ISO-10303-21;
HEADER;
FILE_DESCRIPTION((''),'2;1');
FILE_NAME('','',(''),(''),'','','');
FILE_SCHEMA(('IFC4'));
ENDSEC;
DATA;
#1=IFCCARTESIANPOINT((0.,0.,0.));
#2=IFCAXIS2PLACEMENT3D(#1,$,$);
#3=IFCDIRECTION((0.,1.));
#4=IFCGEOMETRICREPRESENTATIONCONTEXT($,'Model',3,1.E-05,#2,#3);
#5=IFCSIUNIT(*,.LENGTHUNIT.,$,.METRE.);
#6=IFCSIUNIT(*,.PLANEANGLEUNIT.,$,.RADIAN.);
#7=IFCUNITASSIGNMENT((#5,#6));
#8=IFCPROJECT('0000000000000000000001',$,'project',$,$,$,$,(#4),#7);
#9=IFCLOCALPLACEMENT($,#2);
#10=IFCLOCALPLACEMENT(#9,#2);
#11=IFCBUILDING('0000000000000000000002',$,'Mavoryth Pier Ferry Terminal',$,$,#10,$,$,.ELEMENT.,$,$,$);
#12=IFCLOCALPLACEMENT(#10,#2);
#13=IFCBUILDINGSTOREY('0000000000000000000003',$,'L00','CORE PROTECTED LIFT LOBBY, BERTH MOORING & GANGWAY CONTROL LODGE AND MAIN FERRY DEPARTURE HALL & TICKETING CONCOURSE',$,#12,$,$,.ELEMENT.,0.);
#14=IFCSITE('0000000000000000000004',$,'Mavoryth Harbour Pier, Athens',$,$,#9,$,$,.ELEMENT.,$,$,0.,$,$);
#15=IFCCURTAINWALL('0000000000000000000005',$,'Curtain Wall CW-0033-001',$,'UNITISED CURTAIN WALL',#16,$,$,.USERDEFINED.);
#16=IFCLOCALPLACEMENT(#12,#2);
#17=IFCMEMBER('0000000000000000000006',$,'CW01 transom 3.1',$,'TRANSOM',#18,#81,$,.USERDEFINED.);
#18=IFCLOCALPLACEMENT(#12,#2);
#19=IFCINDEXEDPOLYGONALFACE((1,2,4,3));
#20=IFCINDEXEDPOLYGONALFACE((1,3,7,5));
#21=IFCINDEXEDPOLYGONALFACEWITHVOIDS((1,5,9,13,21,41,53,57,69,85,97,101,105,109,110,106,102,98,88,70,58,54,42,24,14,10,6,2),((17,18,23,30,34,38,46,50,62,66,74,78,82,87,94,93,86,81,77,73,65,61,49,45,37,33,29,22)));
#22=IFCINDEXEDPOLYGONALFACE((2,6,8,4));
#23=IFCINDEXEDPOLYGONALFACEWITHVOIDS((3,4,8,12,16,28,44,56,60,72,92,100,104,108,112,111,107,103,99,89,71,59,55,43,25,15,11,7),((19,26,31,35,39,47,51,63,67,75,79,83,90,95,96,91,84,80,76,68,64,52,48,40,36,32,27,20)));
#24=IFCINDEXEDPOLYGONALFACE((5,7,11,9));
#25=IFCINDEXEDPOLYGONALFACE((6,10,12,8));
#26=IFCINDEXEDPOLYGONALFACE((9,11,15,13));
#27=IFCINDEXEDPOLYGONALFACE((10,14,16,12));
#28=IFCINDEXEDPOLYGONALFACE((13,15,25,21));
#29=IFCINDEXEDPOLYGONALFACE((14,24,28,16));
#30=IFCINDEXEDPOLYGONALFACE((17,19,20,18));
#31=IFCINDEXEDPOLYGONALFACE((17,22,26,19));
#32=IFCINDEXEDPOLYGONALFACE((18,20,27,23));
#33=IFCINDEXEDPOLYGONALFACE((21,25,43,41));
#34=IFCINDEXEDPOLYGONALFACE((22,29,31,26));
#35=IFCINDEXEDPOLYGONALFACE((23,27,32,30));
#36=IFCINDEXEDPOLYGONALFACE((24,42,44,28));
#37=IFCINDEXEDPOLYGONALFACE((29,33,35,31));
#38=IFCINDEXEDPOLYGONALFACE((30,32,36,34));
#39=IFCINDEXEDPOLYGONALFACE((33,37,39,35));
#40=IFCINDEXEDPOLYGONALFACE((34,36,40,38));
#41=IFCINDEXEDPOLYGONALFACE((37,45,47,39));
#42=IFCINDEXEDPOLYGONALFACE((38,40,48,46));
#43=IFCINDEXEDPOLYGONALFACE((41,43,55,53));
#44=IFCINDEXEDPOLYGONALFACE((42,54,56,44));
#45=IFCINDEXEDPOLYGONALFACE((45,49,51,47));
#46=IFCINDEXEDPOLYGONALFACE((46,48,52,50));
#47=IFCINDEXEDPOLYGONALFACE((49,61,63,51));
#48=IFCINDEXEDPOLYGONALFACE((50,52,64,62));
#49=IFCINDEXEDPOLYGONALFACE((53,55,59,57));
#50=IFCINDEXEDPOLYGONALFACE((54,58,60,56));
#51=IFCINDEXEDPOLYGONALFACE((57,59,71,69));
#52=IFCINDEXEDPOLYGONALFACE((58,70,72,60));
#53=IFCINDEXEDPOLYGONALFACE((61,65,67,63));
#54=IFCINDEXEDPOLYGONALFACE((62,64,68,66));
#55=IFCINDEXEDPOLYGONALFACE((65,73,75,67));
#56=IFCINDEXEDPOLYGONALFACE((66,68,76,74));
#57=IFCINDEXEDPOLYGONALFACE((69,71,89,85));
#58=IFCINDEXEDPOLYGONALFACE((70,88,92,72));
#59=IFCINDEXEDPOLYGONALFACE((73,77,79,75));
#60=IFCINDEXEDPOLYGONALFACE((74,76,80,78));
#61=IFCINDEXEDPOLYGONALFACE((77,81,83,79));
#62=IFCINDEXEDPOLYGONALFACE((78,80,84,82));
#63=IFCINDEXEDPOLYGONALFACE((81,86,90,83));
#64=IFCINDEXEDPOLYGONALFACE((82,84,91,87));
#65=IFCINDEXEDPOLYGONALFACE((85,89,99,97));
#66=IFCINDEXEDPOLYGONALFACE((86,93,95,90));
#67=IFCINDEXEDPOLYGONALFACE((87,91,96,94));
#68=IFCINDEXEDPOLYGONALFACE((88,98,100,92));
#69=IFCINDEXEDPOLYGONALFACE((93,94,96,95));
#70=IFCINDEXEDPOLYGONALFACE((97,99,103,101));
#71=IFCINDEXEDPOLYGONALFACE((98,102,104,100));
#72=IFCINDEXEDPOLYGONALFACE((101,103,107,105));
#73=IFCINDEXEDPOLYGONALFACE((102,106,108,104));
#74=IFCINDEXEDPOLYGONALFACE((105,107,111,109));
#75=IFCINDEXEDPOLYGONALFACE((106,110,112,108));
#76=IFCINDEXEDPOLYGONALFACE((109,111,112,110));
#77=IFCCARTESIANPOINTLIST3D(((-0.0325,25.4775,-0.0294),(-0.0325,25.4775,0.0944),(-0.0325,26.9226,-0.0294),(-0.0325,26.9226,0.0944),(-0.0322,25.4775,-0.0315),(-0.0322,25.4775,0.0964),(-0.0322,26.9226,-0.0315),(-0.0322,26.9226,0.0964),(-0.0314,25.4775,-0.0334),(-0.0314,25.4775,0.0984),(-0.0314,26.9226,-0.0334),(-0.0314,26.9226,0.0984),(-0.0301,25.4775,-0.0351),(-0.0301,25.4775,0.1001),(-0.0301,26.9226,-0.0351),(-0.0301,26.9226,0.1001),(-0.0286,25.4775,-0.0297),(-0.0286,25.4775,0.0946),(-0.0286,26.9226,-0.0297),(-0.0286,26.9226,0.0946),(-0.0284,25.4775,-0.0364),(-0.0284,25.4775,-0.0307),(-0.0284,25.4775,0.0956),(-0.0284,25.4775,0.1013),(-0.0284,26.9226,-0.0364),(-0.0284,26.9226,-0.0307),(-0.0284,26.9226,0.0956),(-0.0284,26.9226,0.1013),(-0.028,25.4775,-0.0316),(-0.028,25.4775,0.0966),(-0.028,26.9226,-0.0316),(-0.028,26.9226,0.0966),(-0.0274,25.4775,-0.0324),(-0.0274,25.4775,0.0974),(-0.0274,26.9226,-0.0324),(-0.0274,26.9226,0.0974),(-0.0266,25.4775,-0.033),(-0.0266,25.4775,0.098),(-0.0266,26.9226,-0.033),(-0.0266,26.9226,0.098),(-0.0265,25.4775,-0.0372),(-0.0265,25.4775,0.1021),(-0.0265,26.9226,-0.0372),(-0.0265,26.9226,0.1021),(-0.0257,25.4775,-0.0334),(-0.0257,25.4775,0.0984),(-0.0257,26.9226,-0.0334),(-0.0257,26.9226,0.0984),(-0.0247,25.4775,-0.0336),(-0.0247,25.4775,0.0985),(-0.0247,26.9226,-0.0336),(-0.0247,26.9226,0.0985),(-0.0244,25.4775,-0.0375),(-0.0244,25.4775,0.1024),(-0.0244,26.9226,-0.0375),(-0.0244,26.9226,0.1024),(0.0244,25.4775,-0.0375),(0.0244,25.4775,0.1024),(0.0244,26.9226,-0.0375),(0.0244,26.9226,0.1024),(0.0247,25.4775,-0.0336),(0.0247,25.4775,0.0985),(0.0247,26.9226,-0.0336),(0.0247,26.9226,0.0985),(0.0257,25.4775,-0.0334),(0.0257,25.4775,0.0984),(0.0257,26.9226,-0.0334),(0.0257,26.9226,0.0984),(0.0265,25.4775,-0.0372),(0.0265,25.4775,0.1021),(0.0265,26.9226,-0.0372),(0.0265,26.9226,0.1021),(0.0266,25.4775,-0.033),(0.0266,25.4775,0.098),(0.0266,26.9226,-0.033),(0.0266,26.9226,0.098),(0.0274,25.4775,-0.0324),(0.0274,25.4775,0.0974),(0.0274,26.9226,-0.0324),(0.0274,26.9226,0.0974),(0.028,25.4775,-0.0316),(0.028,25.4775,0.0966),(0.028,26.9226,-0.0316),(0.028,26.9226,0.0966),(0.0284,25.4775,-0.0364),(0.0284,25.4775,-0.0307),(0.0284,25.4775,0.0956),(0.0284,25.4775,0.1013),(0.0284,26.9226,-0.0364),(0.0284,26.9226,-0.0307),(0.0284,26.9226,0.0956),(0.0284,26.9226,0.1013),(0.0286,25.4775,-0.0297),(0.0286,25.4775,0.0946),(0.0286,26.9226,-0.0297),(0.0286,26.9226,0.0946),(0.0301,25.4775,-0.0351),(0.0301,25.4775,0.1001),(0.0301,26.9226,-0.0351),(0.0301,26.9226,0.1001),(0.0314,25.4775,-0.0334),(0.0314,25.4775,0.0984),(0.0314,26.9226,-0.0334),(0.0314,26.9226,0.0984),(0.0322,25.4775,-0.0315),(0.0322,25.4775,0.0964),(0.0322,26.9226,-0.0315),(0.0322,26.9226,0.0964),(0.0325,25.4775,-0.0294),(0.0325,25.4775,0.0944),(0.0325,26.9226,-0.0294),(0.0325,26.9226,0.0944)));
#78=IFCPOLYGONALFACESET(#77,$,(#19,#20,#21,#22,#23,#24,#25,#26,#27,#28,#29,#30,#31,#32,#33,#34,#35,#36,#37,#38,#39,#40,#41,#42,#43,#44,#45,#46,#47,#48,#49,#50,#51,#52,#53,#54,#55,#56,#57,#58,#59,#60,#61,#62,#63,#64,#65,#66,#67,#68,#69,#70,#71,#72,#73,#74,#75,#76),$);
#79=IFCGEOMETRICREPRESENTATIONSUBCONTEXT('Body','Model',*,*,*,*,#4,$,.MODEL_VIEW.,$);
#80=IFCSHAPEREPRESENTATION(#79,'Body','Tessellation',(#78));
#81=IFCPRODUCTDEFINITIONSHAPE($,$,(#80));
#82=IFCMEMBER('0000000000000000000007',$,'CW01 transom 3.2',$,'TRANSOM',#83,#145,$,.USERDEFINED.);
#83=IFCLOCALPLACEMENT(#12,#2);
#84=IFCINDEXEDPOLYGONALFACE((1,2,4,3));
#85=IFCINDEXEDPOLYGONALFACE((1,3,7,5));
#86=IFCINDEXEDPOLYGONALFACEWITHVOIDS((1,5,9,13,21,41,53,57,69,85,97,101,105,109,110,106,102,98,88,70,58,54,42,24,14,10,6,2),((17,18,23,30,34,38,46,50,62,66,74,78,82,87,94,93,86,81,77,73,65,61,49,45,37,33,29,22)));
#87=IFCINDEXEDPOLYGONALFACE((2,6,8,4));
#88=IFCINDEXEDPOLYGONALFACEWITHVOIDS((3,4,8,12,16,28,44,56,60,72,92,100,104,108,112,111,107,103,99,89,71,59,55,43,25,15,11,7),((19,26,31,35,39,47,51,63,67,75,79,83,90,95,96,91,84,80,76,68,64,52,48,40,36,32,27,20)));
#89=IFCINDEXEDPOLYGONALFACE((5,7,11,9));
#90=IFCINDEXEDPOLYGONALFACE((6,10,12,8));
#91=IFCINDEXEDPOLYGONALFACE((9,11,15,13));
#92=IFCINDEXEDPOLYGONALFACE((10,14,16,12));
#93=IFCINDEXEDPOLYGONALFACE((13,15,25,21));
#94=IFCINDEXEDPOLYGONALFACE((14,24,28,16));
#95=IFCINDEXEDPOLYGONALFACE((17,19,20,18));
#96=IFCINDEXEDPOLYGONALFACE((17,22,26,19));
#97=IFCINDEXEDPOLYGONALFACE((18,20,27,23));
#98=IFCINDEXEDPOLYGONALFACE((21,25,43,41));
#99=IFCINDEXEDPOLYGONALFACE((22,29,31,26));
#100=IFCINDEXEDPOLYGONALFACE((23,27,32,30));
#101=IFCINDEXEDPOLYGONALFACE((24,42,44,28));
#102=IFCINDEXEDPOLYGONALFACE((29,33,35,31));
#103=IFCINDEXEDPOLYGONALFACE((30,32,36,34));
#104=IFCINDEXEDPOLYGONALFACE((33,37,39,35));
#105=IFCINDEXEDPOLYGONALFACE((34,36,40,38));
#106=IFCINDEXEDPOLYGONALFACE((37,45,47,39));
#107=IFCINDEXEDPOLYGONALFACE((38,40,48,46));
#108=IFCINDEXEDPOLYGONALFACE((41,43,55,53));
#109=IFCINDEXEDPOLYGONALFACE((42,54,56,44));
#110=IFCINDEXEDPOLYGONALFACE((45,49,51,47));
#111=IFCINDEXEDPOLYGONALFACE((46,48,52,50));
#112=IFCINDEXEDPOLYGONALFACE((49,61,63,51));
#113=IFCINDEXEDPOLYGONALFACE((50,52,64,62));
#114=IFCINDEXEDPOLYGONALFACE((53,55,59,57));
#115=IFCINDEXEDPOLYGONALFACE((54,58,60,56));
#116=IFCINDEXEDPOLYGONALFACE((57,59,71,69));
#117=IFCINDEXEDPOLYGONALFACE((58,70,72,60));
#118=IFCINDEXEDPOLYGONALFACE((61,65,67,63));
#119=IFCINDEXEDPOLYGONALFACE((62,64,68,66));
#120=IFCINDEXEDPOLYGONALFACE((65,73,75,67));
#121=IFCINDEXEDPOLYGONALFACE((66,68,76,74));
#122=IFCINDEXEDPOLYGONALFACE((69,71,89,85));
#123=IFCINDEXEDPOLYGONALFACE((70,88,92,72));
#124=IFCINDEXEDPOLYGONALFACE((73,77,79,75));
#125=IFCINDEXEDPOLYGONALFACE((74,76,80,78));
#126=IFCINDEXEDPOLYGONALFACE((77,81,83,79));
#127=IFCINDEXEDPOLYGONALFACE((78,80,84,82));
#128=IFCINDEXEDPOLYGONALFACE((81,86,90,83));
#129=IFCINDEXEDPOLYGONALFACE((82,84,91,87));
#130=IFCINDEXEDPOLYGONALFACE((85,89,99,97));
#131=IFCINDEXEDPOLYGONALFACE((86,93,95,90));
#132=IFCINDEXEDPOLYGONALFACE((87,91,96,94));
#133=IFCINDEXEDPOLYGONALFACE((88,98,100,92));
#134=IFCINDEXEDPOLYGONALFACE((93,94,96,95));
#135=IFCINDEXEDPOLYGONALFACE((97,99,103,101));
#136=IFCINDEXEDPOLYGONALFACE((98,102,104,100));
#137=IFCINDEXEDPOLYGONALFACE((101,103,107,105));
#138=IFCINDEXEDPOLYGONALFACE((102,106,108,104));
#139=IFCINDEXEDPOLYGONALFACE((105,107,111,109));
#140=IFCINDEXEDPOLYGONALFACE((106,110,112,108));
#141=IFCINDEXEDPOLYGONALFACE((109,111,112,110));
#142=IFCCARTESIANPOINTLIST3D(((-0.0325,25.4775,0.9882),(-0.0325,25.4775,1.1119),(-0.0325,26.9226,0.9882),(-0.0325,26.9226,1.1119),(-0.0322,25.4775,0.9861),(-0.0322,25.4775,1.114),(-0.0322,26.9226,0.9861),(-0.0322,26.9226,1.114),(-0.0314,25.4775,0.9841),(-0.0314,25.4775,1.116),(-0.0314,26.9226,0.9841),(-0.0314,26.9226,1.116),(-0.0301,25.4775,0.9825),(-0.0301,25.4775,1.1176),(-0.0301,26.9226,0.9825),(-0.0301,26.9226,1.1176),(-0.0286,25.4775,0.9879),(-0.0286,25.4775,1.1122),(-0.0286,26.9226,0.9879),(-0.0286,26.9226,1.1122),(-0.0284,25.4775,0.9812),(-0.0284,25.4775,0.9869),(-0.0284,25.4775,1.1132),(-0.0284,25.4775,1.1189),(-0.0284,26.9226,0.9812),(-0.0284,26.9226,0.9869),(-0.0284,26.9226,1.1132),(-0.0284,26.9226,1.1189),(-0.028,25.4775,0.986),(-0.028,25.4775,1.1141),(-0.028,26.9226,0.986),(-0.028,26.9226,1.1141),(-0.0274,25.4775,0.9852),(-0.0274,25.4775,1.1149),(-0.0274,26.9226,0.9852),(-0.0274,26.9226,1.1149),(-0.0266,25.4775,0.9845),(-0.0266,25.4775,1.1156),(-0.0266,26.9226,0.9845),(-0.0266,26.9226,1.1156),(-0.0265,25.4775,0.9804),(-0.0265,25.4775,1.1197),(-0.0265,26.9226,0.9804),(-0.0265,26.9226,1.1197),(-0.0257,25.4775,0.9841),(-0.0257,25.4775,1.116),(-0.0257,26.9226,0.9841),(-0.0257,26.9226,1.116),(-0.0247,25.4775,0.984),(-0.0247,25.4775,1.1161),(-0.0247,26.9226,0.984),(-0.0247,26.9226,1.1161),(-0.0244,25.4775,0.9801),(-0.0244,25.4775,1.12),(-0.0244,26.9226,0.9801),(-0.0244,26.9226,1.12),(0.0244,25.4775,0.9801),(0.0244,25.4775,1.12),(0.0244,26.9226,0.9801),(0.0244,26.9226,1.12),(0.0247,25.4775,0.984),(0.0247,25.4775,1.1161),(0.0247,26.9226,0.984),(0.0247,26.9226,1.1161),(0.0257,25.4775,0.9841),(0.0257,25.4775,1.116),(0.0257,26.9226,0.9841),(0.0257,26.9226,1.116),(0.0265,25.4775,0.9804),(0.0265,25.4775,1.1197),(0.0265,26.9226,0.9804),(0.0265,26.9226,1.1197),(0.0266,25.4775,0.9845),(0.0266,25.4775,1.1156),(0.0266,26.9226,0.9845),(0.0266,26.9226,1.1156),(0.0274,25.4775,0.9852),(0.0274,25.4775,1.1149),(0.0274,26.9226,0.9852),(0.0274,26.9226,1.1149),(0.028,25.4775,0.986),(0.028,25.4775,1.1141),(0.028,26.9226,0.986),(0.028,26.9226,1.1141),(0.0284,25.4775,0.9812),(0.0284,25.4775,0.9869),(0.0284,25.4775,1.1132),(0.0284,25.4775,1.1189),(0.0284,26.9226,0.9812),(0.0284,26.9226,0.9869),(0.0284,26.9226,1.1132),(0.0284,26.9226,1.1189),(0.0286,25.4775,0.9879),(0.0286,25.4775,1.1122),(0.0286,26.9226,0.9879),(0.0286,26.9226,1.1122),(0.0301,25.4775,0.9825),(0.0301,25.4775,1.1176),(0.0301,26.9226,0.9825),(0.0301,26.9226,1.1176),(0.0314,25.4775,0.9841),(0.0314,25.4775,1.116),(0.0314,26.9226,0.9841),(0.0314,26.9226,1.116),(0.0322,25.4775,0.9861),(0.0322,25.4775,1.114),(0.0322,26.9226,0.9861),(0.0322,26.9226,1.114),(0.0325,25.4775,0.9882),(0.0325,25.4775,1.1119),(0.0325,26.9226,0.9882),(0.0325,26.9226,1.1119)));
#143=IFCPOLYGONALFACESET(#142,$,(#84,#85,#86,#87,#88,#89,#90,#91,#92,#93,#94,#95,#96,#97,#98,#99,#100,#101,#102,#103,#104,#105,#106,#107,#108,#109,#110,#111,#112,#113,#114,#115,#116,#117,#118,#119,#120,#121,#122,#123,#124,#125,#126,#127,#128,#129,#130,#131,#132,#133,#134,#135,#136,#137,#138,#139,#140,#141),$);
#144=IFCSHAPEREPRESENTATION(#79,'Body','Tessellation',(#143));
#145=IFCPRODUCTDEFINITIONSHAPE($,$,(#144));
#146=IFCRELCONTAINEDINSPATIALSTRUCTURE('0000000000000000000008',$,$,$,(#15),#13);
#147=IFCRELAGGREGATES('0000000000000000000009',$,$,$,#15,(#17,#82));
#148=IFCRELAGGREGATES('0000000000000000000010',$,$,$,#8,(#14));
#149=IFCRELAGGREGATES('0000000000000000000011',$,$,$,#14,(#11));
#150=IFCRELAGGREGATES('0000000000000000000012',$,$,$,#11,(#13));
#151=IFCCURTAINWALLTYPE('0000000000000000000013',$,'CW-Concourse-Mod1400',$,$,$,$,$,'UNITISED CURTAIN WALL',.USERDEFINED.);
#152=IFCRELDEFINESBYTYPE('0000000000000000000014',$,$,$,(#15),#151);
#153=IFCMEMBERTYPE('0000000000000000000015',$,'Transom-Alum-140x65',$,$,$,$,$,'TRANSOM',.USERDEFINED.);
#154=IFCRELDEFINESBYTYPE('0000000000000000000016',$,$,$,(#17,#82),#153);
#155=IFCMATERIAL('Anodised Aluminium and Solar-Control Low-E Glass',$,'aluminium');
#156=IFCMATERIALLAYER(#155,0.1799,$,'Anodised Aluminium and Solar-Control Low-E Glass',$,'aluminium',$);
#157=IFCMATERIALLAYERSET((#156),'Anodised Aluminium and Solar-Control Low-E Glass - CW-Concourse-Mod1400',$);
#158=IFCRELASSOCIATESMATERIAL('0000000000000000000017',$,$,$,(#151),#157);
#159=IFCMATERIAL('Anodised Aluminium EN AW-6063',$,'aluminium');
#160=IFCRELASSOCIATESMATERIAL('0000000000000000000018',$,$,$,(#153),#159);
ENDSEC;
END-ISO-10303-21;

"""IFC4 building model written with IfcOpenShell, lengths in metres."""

from ifc_helpers import new_model, si_unit, direction, frame, origin, origin_2d, place, context, subcontext, project, spatial, hollow_rectangle, extrude, material, layer, layer_set, material_profile, profile_set, type_object, element, aggregate, save


model = new_model("IFC4")

# Units and contexts
model_context = context("Model", 3, precision=1e-05, world=origin(), true_north=direction((0.0, 1.0)))
body_context = subcontext(model_context, "Body", "Model", "MODEL_VIEW")
ifc_project = project(units=[si_unit("LENGTHUNIT", "METRE"), si_unit("PLANEANGLEUNIT", "RADIAN")], contexts=[model_context])

# Site, building, storey
site_placement = place(None, origin())
site = spatial("IfcSite", under=ifc_project, at=site_placement, Name="Mavoryth Harbour Pier, Athens", CompositionType="ELEMENT", RefElevation=0.0)
building_placement = place(site_placement, origin())
building = spatial("IfcBuilding", under=site, at=building_placement, Name="Mavoryth Pier Ferry Terminal", CompositionType="ELEMENT")
storey_placement = place(building_placement, origin())
storey = spatial("IfcBuildingStorey", under=building, at=storey_placement, Name="L00", Description="CORE PROTECTED LIFT LOBBY, BERTH MOORING & GANGWAY CONTROL LODGE AND MAIN FERRY DEPARTURE HALL & TICKETING CONCOURSE", CompositionType="ELEMENT", Elevation=0.0)

# Curtain wall, members
ifc_material_1 = material(Name="Anodised Aluminium and Solar-Control Low-E Glass", Category="aluminium")
ifc_layer_1 = layer(ifc_material_1, 0.1799, Name="Anodised Aluminium and Solar-Control Low-E Glass", Category="aluminium")
ifc_layer_set_1 = layer_set([ifc_layer_1], Name="Anodised Aluminium and Solar-Control Low-E Glass - CW-Concourse-Mod1400")
curtain_wall_type = type_object("IfcCurtainWallType", Name="CW-Concourse-Mod1400", ElementType="UNITISED CURTAIN WALL", PredefinedType="USERDEFINED", material=ifc_layer_set_1)
curtain_wall_placement = place(storey_placement, origin())
curtain_wall = element("IfcCurtainWall", 1, at=curtain_wall_placement, inside=storey, type_object=curtain_wall_type, Name="Curtain Wall CW-0033-001", ObjectType="UNITISED CURTAIN WALL", PredefinedType="USERDEFINED")
ifc_material_2 = material(Name="Anodised Aluminium EN AW-6063", Category="aluminium")
ifc_material_profile_1 = material_profile(ifc_material_2, hollow_rectangle(XDim=0.0649, YDim=0.1399, WallThickness=0.0039, InnerFilletRadius=0.0039, OuterFilletRadius=0.0081, at=origin_2d()), Name="AL-TRAN 140x65x4", Category="aluminium")
ifc_profile_set_1 = profile_set([ifc_material_profile_1], Name="Anodised Aluminium EN AW-6063 - AL-TRAN 140x65x4")
member_type_1 = type_object("IfcMemberType", Name="Transom-Alum-140x65", ElementType="TRANSOM", PredefinedType="USERDEFINED", material=ifc_profile_set_1)
member_1_placement = place(storey_placement, frame((0.0, 26.9226, 0.0325), z_axis=(0.0, -1.0, 0.0), x_axis=(1.0, 0.0, 0.0)))
member_1 = element("IfcMember", 2, at=member_1_placement, type_object=member_type_1, Name="CW01 transom 3.1", ObjectType="TRANSOM", PredefinedType="USERDEFINED", context=body_context, shape_type="SweptSolid", body=[
    extrude(hollow_rectangle(XDim=0.0649, YDim=0.1399, WallThickness=0.0039, InnerFilletRadius=0.0039, OuterFilletRadius=0.0081, at=origin_2d()), origin(), (0.0, 0.0, 1.0), 1.4451),
])
member_2_placement = place(storey_placement, frame((0.0, 26.9226, 1.05), z_axis=(0.0, -1.0, 0.0), x_axis=(1.0, 0.0, 0.0)))
member_2 = element("IfcMember", 3, at=member_2_placement, type_object=member_type_1, Name="CW01 transom 3.2", ObjectType="TRANSOM", PredefinedType="USERDEFINED", context=body_context, shape_type="SweptSolid", body=[
    extrude(hollow_rectangle(XDim=0.0649, YDim=0.1399, WallThickness=0.0039, InnerFilletRadius=0.0039, OuterFilletRadius=0.0081, at=origin_2d()), origin(), (0.0, 0.0, 1.0), 1.4451),
])
aggregate(curtain_wall, [member_1, member_2])

save(model, "model.ifc")
